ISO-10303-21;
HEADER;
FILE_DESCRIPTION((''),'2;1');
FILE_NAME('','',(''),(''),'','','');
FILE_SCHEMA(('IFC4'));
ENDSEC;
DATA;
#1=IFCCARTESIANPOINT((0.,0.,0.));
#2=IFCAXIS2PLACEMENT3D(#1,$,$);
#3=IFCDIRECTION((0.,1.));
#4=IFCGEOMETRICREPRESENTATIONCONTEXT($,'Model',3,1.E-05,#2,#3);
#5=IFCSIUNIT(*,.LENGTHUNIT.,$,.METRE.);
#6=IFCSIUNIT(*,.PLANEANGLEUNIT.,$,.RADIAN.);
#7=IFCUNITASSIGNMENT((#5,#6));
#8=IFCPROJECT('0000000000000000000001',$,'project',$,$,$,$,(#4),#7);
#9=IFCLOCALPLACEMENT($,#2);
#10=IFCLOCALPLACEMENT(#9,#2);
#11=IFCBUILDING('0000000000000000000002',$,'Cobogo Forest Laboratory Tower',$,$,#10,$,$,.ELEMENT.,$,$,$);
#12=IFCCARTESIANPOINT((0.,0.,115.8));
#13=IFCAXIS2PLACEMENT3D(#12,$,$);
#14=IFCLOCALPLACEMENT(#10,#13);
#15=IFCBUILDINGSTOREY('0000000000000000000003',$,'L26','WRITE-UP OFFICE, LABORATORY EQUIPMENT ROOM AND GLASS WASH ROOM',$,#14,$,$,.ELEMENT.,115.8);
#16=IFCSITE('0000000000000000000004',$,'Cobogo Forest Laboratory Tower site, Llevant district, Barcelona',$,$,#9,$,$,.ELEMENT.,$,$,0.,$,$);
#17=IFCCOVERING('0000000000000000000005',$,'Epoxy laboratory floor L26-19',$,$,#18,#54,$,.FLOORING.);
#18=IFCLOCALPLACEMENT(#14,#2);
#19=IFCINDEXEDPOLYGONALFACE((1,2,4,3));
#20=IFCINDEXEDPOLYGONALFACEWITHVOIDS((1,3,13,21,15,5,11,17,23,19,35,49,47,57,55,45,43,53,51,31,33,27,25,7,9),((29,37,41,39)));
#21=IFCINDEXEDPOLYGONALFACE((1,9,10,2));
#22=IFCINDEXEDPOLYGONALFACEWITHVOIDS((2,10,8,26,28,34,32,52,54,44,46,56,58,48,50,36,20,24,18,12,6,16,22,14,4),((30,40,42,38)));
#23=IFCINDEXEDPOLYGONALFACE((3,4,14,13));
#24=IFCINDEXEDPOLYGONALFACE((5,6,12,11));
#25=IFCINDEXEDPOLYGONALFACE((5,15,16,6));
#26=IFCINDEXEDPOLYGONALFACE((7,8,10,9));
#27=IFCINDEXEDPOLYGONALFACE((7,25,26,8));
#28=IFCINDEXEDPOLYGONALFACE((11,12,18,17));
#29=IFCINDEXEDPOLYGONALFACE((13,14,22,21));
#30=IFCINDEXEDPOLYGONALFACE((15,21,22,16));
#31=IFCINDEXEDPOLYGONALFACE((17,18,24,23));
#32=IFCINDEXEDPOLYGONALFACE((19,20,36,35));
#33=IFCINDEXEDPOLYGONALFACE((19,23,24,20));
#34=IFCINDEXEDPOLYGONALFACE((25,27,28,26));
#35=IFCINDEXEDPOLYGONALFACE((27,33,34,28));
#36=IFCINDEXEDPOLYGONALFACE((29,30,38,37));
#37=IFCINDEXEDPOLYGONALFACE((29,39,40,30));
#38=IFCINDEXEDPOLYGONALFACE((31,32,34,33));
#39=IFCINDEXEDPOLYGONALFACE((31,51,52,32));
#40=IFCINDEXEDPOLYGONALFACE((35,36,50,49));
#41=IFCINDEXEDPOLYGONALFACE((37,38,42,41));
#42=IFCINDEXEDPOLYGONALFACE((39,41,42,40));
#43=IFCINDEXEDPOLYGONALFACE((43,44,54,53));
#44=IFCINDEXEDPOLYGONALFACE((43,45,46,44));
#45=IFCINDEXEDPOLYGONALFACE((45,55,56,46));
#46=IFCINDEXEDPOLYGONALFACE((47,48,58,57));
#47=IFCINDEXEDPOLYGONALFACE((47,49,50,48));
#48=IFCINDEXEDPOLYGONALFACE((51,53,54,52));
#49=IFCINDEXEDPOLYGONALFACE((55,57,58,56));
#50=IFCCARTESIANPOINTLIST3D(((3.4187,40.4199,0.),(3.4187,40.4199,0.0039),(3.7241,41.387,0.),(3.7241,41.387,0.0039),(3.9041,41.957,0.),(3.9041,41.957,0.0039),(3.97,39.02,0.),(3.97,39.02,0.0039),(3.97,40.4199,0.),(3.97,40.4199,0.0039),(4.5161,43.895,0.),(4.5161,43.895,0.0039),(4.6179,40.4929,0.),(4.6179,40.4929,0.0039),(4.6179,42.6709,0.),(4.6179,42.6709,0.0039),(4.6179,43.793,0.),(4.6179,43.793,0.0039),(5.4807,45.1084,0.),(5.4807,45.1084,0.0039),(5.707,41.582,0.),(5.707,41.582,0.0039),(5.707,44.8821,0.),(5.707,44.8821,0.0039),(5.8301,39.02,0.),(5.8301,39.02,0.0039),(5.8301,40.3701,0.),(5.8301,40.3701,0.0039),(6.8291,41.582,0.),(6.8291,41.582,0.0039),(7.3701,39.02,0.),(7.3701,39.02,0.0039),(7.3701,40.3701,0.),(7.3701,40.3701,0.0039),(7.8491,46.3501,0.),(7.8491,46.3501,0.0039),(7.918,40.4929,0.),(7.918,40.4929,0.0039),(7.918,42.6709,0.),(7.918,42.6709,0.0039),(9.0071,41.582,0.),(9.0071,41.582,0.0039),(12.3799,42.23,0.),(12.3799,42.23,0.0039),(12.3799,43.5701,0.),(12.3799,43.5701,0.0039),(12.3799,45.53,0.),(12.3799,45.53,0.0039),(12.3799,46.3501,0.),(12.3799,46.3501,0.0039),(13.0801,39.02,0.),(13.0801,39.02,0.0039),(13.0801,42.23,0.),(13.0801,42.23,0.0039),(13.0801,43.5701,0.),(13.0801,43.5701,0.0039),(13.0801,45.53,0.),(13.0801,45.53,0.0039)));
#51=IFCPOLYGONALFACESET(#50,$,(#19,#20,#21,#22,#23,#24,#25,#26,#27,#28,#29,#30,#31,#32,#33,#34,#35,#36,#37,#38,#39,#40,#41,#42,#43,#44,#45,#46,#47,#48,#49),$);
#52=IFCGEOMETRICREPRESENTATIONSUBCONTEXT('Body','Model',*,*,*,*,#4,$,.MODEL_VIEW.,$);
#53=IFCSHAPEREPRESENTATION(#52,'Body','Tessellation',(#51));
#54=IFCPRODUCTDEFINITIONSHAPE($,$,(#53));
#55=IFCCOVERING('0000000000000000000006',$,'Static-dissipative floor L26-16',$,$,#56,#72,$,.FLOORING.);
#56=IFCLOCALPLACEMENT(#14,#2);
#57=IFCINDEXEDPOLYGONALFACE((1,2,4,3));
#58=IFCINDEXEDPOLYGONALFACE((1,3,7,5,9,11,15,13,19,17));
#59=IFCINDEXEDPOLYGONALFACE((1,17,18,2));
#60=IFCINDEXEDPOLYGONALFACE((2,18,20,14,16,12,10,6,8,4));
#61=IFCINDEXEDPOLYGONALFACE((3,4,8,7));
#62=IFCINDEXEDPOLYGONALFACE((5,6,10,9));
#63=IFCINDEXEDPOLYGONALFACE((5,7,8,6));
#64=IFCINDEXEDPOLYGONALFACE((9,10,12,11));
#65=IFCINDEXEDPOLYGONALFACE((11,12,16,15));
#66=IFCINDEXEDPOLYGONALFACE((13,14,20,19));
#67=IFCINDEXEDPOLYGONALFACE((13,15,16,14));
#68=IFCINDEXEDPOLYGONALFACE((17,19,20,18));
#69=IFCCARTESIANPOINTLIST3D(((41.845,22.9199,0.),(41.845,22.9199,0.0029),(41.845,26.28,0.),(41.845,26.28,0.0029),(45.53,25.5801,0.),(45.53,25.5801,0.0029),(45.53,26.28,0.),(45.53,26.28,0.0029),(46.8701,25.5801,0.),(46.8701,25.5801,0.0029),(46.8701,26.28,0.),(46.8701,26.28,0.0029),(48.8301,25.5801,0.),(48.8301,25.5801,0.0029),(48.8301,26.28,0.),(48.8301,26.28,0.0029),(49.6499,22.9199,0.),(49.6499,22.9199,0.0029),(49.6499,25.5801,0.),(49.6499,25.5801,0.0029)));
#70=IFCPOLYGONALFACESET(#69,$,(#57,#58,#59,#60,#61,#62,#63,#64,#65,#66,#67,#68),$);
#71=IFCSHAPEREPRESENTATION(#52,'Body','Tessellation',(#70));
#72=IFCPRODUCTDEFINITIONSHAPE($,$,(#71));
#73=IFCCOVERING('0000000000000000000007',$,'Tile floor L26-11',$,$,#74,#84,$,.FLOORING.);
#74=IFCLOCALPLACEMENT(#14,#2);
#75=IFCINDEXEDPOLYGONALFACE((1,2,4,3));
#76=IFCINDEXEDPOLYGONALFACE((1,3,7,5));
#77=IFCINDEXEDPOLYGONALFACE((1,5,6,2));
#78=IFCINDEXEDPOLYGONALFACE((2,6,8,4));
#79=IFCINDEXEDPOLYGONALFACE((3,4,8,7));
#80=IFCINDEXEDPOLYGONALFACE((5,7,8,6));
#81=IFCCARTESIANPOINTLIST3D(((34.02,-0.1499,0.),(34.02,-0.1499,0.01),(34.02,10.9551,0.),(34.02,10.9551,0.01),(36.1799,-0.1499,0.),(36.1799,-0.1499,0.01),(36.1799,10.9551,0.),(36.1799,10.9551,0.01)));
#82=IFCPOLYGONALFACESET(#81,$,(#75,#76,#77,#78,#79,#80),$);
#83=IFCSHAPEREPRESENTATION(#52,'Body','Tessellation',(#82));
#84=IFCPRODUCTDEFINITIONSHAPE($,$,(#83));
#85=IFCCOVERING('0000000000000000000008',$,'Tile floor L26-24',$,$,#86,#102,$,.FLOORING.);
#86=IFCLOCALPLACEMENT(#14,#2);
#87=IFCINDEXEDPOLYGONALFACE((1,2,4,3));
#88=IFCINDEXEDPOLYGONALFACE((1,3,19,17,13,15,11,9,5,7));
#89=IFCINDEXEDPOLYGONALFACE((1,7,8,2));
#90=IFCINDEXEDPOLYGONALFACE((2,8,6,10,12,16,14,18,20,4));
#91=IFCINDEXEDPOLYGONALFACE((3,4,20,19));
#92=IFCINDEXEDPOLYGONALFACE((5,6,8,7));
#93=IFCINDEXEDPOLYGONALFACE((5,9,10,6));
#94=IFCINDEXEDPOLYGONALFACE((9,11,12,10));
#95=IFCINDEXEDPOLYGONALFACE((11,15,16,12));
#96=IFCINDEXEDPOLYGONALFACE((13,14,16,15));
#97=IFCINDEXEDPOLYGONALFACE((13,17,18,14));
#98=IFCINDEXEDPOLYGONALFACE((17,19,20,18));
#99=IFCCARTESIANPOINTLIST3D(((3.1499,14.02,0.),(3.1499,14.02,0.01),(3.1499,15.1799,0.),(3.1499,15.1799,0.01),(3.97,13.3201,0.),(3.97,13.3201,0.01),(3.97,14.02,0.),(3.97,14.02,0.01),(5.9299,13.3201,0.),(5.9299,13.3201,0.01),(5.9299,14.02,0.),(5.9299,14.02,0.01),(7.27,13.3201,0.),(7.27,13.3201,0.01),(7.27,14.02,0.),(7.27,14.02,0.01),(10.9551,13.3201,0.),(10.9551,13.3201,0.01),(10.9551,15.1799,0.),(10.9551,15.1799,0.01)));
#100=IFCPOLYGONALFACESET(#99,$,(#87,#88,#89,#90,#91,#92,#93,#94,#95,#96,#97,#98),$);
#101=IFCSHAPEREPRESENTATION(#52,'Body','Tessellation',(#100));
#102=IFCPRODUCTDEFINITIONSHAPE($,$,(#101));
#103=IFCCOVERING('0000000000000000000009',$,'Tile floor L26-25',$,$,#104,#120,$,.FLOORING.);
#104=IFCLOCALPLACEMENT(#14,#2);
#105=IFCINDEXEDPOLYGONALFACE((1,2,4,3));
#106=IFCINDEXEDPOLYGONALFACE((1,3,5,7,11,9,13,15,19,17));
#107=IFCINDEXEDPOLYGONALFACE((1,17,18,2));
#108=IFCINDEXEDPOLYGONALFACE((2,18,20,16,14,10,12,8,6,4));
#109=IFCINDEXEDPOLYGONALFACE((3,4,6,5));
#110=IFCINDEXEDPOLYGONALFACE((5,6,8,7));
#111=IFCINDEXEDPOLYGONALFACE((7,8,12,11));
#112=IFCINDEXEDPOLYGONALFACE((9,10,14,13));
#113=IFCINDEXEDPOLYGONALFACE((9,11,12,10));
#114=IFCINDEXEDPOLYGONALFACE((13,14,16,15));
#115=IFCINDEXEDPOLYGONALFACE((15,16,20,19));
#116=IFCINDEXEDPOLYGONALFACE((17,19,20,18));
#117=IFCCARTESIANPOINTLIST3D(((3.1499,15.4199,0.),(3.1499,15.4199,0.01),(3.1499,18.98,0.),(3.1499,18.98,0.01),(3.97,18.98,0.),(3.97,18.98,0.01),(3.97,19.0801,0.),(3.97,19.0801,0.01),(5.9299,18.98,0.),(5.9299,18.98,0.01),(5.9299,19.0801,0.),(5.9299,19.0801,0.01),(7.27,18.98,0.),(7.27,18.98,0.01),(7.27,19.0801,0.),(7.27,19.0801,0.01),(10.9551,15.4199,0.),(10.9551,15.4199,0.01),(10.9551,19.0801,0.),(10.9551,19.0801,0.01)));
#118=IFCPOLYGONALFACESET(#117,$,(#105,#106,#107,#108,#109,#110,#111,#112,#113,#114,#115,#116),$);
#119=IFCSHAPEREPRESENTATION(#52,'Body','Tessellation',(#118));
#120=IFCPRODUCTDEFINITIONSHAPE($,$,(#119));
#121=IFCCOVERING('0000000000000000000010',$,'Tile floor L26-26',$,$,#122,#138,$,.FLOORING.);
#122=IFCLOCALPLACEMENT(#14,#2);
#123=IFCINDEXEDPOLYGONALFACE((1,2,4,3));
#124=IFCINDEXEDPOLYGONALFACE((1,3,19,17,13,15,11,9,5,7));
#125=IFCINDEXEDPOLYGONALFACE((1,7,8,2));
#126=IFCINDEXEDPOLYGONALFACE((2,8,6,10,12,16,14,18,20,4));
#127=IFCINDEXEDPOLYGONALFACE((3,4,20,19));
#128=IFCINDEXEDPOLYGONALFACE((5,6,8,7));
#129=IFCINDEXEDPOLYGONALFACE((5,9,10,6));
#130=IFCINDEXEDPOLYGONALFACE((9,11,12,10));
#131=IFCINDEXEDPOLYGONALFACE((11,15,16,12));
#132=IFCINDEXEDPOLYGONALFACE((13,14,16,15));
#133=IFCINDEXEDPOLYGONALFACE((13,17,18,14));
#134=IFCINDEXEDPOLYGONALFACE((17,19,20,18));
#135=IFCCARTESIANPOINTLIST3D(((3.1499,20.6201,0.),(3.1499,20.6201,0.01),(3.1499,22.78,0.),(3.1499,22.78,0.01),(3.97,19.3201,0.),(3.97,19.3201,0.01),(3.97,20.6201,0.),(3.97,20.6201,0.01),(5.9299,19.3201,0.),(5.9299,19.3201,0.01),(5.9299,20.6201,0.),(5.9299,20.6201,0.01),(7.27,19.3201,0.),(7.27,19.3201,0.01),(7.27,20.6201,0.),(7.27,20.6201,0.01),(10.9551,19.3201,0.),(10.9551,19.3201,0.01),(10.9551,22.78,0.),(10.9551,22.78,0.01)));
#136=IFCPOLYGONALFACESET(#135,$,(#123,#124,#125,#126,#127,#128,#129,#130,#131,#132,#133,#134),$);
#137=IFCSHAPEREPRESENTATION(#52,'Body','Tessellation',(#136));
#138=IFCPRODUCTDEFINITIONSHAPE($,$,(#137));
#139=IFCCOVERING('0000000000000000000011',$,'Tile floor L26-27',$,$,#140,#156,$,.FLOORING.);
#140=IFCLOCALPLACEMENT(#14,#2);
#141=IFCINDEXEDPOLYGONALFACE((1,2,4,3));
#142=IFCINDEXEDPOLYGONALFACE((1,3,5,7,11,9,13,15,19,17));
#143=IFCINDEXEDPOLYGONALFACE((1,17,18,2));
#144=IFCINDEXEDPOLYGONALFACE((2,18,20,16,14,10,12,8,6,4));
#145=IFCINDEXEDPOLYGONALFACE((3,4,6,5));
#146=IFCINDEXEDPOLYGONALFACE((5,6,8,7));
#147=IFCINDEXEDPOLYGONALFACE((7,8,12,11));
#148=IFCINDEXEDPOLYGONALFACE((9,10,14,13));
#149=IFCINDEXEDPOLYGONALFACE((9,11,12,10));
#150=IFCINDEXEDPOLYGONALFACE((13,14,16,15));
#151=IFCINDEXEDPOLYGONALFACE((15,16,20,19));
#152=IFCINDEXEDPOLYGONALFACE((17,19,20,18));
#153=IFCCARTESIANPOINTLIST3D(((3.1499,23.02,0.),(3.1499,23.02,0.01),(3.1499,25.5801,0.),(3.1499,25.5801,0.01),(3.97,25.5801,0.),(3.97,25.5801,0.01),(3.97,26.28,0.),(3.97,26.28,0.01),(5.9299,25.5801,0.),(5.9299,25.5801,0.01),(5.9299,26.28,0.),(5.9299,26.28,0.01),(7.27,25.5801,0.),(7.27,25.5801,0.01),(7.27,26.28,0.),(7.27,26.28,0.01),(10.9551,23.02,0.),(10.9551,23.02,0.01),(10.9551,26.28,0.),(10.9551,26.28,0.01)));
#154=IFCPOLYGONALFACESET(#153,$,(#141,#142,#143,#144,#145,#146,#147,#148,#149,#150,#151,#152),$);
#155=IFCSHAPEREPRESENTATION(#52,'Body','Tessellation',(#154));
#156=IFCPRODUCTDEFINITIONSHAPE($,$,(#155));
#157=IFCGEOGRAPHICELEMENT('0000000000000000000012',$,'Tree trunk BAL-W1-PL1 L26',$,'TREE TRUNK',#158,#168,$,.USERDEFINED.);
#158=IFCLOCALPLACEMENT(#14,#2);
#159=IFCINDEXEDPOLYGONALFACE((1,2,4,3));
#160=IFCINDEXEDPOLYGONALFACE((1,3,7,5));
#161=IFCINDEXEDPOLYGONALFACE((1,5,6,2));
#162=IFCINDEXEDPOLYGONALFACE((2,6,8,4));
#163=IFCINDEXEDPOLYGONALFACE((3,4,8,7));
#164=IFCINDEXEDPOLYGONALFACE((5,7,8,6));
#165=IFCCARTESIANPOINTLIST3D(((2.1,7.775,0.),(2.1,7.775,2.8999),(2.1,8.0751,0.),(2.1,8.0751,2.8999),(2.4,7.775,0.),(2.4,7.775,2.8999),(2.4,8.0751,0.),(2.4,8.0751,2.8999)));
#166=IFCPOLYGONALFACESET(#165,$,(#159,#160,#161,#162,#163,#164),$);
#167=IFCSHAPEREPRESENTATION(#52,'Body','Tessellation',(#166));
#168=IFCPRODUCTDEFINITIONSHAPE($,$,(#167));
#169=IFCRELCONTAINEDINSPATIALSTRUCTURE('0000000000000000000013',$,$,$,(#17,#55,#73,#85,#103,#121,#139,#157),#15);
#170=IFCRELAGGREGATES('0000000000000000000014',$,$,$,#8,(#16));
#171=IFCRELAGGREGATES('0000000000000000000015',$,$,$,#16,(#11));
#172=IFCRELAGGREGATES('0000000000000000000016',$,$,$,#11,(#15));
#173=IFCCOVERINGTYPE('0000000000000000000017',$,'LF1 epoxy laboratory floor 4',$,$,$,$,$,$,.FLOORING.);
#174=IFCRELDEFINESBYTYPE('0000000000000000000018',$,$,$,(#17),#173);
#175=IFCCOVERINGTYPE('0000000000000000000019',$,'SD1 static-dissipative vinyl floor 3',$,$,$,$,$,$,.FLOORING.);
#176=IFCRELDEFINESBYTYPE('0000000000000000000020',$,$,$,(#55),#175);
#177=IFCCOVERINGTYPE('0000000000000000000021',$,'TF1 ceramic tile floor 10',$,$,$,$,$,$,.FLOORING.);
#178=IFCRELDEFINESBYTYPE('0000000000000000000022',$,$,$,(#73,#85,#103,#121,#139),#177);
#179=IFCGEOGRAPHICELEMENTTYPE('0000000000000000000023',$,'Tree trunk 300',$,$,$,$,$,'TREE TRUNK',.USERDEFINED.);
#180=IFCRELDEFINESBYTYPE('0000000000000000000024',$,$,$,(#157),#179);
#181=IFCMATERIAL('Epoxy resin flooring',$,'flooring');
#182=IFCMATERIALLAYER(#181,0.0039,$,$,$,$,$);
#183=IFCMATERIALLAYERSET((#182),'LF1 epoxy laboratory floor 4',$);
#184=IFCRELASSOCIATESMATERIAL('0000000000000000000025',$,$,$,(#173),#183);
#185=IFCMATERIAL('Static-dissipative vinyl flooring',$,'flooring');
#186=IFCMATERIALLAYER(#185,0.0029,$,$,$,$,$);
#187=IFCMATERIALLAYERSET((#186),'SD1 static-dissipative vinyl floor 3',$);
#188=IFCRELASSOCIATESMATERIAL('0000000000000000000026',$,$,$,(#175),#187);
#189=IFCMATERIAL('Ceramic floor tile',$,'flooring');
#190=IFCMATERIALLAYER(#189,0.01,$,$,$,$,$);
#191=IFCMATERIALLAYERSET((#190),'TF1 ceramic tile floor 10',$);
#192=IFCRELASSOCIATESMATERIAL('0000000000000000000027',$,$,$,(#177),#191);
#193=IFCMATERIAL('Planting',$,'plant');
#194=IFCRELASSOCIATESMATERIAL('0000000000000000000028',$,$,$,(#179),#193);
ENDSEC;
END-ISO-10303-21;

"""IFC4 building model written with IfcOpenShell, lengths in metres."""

from ifc_helpers import new_model, si_unit, direction, frame, origin, origin_2d, place, context, subcontext, project, spatial, polyline, rectangle, outline, extrude, material, layer, layer_set, type_object, element, save


model = new_model("IFC4")

# Units and contexts
model_context = context("Model", 3, precision=1e-05, world=origin(), true_north=direction((0.0, 1.0)))
body_context = subcontext(model_context, "Body", "Model", "MODEL_VIEW")
ifc_project = project(units=[si_unit("LENGTHUNIT", "METRE"), si_unit("PLANEANGLEUNIT", "RADIAN")], contexts=[model_context])

# Site, building, storey
site_placement = place(None, origin())
site = spatial("IfcSite", under=ifc_project, at=site_placement, Name="Cobogo Forest Laboratory Tower site, Llevant district, Barcelona", CompositionType="ELEMENT", RefElevation=0.0)
building_placement = place(site_placement, origin())
building = spatial("IfcBuilding", under=site, at=building_placement, Name="Cobogo Forest Laboratory Tower", CompositionType="ELEMENT")
storey_placement = place(building_placement, frame((0.0, 0.0, 115.8)))
storey = spatial("IfcBuildingStorey", under=building, at=storey_placement, Name="L26", Description="WRITE-UP OFFICE, LABORATORY EQUIPMENT ROOM AND GLASS WASH ROOM", CompositionType="ELEMENT", Elevation=115.8)

# Coverings
ifc_material_1 = material(Name="Epoxy resin flooring", Category="flooring")
ifc_layer_1 = layer(ifc_material_1, 0.0039)
ifc_layer_set_1 = layer_set([ifc_layer_1], Name="LF1 epoxy laboratory floor 4")
covering_type_1 = type_object("IfcCoveringType", Name="LF1 epoxy laboratory floor 4", PredefinedType="FLOORING", material=ifc_layer_set_1)
covering_1_placement = place(storey_placement, origin())
element("IfcCovering", 1, at=covering_1_placement, inside=storey, type_object=covering_type_1, Name="Epoxy laboratory floor L26-19", PredefinedType="FLOORING", context=body_context, shape_type="SweptSolid", body=[
    extrude(outline(polyline([(3.7241, 41.387), (4.6179, 40.4929), (5.707, 41.582), (4.6179, 42.6709), (3.9041, 41.957), (4.5161, 43.895), (4.6179, 43.793), (5.707, 44.8821), (5.4807, 45.1084), (7.8491, 46.3501), (12.3799, 46.3501), (12.3799, 45.53), (13.0801, 45.53), (13.0801, 43.5701), (12.3799, 43.5701), (12.3799, 42.23), (13.0801, 42.23), (13.0801, 39.02), (7.3701, 39.02), (7.3701, 40.3701), (5.8301, 40.3701), (5.8301, 39.02), (3.97, 39.02), (3.97, 40.4199), (3.4187, 40.4199), (3.7241, 41.387)]), holes=[polyline([(6.8291, 41.582), (7.918, 40.4929), (9.0071, 41.582), (7.918, 42.6709), (6.8291, 41.582)])]), origin(), (0.0, 0.0, 1.0), 0.0039),
])
ifc_material_2 = material(Name="Static-dissipative vinyl flooring", Category="flooring")
ifc_layer_2 = layer(ifc_material_2, 0.0029)
ifc_layer_set_2 = layer_set([ifc_layer_2], Name="SD1 static-dissipative vinyl floor 3")
covering_type_2 = type_object("IfcCoveringType", Name="SD1 static-dissipative vinyl floor 3", PredefinedType="FLOORING", material=ifc_layer_set_2)
covering_2_placement = place(storey_placement, origin())
element("IfcCovering", 2, at=covering_2_placement, inside=storey, type_object=covering_type_2, Name="Static-dissipative floor L26-16", PredefinedType="FLOORING", context=body_context, shape_type="SweptSolid", body=[
    extrude(outline(polyline([(41.845, 26.28), (45.53, 26.28), (45.53, 25.5801), (46.8701, 25.5801), (46.8701, 26.28), (48.8301, 26.28), (48.8301, 25.5801), (49.6499, 25.5801), (49.6499, 22.9199), (41.845, 22.9199), (41.845, 26.28)])), origin(), (0.0, 0.0, 1.0), 0.0029),
])
ifc_material_3 = material(Name="Ceramic floor tile", Category="flooring")
ifc_layer_3 = layer(ifc_material_3, 0.01)
ifc_layer_set_3 = layer_set([ifc_layer_3], Name="TF1 ceramic tile floor 10")
covering_type_3 = type_object("IfcCoveringType", Name="TF1 ceramic tile floor 10", PredefinedType="FLOORING", material=ifc_layer_set_3)
covering_3_placement = place(storey_placement, origin())
element("IfcCovering", 3, at=covering_3_placement, inside=storey, type_object=covering_type_3, Name="Tile floor L26-11", PredefinedType="FLOORING", context=body_context, shape_type="SweptSolid", body=[
    extrude(outline(polyline([(34.02, 10.9551), (36.1799, 10.9551), (36.1799, -0.1499), (34.02, -0.1499), (34.02, 10.9551)])), origin(), (0.0, 0.0, 1.0), 0.01),
])
covering_4_placement = place(storey_placement, origin())
element("IfcCovering", 4, at=covering_4_placement, inside=storey, type_object=covering_type_3, Name="Tile floor L26-24", PredefinedType="FLOORING", context=body_context, shape_type="SweptSolid", body=[
    extrude(outline(polyline([(10.9551, 13.3201), (7.27, 13.3201), (7.27, 14.02), (5.9299, 14.02), (5.9299, 13.3201), (3.97, 13.3201), (3.97, 14.02), (3.1499, 14.02), (3.1499, 15.1799), (10.9551, 15.1799), (10.9551, 13.3201)])), origin(), (0.0, 0.0, 1.0), 0.01),
])
covering_5_placement = place(storey_placement, origin())
element("IfcCovering", 5, at=covering_5_placement, inside=storey, type_object=covering_type_3, Name="Tile floor L26-25", PredefinedType="FLOORING", context=body_context, shape_type="SweptSolid", body=[
    extrude(outline(polyline([(3.97, 19.0801), (5.9299, 19.0801), (5.9299, 18.98), (7.27, 18.98), (7.27, 19.0801), (10.9551, 19.0801), (10.9551, 15.4199), (3.1499, 15.4199), (3.1499, 18.98), (3.97, 18.98), (3.97, 19.0801)])), origin(), (0.0, 0.0, 1.0), 0.01),
])
covering_6_placement = place(storey_placement, origin())
element("IfcCovering", 6, at=covering_6_placement, inside=storey, type_object=covering_type_3, Name="Tile floor L26-26", PredefinedType="FLOORING", context=body_context, shape_type="SweptSolid", body=[
    extrude(outline(polyline([(10.9551, 19.3201), (7.27, 19.3201), (7.27, 20.6201), (5.9299, 20.6201), (5.9299, 19.3201), (3.97, 19.3201), (3.97, 20.6201), (3.1499, 20.6201), (3.1499, 22.78), (10.9551, 22.78), (10.9551, 19.3201)])), origin(), (0.0, 0.0, 1.0), 0.01),
])
covering_7_placement = place(storey_placement, origin())
element("IfcCovering", 7, at=covering_7_placement, inside=storey, type_object=covering_type_3, Name="Tile floor L26-27", PredefinedType="FLOORING", context=body_context, shape_type="SweptSolid", body=[
    extrude(outline(polyline([(10.9551, 23.02), (3.1499, 23.02), (3.1499, 25.5801), (3.97, 25.5801), (3.97, 26.28), (5.9299, 26.28), (5.9299, 25.5801), (7.27, 25.5801), (7.27, 26.28), (10.9551, 26.28), (10.9551, 23.02)])), origin(), (0.0, 0.0, 1.0), 0.01),
])

# Geographic element
ifc_material_4 = material(Name="Planting", Category="plant")
geographic_element_type = type_object("IfcGeographicElementType", Name="Tree trunk 300", ElementType="TREE TRUNK", PredefinedType="USERDEFINED", material=ifc_material_4)
geographic_element_placement = place(storey_placement, frame((2.25, 7.925, 0.0), z_axis=(0.0, 0.0, 1.0), x_axis=(1.0, 0.0, 0.0)))
element("IfcGeographicElement", 8, at=geographic_element_placement, inside=storey, type_object=geographic_element_type, Name="Tree trunk BAL-W1-PL1 L26", ObjectType="TREE TRUNK", PredefinedType="USERDEFINED", context=body_context, shape_type="SweptSolid", body=[
    extrude(rectangle(XDim=0.3, YDim=0.3, at=origin_2d()), origin(), (0.0, 0.0, 1.0), 2.8999),
])

save(model, "model.ifc")
